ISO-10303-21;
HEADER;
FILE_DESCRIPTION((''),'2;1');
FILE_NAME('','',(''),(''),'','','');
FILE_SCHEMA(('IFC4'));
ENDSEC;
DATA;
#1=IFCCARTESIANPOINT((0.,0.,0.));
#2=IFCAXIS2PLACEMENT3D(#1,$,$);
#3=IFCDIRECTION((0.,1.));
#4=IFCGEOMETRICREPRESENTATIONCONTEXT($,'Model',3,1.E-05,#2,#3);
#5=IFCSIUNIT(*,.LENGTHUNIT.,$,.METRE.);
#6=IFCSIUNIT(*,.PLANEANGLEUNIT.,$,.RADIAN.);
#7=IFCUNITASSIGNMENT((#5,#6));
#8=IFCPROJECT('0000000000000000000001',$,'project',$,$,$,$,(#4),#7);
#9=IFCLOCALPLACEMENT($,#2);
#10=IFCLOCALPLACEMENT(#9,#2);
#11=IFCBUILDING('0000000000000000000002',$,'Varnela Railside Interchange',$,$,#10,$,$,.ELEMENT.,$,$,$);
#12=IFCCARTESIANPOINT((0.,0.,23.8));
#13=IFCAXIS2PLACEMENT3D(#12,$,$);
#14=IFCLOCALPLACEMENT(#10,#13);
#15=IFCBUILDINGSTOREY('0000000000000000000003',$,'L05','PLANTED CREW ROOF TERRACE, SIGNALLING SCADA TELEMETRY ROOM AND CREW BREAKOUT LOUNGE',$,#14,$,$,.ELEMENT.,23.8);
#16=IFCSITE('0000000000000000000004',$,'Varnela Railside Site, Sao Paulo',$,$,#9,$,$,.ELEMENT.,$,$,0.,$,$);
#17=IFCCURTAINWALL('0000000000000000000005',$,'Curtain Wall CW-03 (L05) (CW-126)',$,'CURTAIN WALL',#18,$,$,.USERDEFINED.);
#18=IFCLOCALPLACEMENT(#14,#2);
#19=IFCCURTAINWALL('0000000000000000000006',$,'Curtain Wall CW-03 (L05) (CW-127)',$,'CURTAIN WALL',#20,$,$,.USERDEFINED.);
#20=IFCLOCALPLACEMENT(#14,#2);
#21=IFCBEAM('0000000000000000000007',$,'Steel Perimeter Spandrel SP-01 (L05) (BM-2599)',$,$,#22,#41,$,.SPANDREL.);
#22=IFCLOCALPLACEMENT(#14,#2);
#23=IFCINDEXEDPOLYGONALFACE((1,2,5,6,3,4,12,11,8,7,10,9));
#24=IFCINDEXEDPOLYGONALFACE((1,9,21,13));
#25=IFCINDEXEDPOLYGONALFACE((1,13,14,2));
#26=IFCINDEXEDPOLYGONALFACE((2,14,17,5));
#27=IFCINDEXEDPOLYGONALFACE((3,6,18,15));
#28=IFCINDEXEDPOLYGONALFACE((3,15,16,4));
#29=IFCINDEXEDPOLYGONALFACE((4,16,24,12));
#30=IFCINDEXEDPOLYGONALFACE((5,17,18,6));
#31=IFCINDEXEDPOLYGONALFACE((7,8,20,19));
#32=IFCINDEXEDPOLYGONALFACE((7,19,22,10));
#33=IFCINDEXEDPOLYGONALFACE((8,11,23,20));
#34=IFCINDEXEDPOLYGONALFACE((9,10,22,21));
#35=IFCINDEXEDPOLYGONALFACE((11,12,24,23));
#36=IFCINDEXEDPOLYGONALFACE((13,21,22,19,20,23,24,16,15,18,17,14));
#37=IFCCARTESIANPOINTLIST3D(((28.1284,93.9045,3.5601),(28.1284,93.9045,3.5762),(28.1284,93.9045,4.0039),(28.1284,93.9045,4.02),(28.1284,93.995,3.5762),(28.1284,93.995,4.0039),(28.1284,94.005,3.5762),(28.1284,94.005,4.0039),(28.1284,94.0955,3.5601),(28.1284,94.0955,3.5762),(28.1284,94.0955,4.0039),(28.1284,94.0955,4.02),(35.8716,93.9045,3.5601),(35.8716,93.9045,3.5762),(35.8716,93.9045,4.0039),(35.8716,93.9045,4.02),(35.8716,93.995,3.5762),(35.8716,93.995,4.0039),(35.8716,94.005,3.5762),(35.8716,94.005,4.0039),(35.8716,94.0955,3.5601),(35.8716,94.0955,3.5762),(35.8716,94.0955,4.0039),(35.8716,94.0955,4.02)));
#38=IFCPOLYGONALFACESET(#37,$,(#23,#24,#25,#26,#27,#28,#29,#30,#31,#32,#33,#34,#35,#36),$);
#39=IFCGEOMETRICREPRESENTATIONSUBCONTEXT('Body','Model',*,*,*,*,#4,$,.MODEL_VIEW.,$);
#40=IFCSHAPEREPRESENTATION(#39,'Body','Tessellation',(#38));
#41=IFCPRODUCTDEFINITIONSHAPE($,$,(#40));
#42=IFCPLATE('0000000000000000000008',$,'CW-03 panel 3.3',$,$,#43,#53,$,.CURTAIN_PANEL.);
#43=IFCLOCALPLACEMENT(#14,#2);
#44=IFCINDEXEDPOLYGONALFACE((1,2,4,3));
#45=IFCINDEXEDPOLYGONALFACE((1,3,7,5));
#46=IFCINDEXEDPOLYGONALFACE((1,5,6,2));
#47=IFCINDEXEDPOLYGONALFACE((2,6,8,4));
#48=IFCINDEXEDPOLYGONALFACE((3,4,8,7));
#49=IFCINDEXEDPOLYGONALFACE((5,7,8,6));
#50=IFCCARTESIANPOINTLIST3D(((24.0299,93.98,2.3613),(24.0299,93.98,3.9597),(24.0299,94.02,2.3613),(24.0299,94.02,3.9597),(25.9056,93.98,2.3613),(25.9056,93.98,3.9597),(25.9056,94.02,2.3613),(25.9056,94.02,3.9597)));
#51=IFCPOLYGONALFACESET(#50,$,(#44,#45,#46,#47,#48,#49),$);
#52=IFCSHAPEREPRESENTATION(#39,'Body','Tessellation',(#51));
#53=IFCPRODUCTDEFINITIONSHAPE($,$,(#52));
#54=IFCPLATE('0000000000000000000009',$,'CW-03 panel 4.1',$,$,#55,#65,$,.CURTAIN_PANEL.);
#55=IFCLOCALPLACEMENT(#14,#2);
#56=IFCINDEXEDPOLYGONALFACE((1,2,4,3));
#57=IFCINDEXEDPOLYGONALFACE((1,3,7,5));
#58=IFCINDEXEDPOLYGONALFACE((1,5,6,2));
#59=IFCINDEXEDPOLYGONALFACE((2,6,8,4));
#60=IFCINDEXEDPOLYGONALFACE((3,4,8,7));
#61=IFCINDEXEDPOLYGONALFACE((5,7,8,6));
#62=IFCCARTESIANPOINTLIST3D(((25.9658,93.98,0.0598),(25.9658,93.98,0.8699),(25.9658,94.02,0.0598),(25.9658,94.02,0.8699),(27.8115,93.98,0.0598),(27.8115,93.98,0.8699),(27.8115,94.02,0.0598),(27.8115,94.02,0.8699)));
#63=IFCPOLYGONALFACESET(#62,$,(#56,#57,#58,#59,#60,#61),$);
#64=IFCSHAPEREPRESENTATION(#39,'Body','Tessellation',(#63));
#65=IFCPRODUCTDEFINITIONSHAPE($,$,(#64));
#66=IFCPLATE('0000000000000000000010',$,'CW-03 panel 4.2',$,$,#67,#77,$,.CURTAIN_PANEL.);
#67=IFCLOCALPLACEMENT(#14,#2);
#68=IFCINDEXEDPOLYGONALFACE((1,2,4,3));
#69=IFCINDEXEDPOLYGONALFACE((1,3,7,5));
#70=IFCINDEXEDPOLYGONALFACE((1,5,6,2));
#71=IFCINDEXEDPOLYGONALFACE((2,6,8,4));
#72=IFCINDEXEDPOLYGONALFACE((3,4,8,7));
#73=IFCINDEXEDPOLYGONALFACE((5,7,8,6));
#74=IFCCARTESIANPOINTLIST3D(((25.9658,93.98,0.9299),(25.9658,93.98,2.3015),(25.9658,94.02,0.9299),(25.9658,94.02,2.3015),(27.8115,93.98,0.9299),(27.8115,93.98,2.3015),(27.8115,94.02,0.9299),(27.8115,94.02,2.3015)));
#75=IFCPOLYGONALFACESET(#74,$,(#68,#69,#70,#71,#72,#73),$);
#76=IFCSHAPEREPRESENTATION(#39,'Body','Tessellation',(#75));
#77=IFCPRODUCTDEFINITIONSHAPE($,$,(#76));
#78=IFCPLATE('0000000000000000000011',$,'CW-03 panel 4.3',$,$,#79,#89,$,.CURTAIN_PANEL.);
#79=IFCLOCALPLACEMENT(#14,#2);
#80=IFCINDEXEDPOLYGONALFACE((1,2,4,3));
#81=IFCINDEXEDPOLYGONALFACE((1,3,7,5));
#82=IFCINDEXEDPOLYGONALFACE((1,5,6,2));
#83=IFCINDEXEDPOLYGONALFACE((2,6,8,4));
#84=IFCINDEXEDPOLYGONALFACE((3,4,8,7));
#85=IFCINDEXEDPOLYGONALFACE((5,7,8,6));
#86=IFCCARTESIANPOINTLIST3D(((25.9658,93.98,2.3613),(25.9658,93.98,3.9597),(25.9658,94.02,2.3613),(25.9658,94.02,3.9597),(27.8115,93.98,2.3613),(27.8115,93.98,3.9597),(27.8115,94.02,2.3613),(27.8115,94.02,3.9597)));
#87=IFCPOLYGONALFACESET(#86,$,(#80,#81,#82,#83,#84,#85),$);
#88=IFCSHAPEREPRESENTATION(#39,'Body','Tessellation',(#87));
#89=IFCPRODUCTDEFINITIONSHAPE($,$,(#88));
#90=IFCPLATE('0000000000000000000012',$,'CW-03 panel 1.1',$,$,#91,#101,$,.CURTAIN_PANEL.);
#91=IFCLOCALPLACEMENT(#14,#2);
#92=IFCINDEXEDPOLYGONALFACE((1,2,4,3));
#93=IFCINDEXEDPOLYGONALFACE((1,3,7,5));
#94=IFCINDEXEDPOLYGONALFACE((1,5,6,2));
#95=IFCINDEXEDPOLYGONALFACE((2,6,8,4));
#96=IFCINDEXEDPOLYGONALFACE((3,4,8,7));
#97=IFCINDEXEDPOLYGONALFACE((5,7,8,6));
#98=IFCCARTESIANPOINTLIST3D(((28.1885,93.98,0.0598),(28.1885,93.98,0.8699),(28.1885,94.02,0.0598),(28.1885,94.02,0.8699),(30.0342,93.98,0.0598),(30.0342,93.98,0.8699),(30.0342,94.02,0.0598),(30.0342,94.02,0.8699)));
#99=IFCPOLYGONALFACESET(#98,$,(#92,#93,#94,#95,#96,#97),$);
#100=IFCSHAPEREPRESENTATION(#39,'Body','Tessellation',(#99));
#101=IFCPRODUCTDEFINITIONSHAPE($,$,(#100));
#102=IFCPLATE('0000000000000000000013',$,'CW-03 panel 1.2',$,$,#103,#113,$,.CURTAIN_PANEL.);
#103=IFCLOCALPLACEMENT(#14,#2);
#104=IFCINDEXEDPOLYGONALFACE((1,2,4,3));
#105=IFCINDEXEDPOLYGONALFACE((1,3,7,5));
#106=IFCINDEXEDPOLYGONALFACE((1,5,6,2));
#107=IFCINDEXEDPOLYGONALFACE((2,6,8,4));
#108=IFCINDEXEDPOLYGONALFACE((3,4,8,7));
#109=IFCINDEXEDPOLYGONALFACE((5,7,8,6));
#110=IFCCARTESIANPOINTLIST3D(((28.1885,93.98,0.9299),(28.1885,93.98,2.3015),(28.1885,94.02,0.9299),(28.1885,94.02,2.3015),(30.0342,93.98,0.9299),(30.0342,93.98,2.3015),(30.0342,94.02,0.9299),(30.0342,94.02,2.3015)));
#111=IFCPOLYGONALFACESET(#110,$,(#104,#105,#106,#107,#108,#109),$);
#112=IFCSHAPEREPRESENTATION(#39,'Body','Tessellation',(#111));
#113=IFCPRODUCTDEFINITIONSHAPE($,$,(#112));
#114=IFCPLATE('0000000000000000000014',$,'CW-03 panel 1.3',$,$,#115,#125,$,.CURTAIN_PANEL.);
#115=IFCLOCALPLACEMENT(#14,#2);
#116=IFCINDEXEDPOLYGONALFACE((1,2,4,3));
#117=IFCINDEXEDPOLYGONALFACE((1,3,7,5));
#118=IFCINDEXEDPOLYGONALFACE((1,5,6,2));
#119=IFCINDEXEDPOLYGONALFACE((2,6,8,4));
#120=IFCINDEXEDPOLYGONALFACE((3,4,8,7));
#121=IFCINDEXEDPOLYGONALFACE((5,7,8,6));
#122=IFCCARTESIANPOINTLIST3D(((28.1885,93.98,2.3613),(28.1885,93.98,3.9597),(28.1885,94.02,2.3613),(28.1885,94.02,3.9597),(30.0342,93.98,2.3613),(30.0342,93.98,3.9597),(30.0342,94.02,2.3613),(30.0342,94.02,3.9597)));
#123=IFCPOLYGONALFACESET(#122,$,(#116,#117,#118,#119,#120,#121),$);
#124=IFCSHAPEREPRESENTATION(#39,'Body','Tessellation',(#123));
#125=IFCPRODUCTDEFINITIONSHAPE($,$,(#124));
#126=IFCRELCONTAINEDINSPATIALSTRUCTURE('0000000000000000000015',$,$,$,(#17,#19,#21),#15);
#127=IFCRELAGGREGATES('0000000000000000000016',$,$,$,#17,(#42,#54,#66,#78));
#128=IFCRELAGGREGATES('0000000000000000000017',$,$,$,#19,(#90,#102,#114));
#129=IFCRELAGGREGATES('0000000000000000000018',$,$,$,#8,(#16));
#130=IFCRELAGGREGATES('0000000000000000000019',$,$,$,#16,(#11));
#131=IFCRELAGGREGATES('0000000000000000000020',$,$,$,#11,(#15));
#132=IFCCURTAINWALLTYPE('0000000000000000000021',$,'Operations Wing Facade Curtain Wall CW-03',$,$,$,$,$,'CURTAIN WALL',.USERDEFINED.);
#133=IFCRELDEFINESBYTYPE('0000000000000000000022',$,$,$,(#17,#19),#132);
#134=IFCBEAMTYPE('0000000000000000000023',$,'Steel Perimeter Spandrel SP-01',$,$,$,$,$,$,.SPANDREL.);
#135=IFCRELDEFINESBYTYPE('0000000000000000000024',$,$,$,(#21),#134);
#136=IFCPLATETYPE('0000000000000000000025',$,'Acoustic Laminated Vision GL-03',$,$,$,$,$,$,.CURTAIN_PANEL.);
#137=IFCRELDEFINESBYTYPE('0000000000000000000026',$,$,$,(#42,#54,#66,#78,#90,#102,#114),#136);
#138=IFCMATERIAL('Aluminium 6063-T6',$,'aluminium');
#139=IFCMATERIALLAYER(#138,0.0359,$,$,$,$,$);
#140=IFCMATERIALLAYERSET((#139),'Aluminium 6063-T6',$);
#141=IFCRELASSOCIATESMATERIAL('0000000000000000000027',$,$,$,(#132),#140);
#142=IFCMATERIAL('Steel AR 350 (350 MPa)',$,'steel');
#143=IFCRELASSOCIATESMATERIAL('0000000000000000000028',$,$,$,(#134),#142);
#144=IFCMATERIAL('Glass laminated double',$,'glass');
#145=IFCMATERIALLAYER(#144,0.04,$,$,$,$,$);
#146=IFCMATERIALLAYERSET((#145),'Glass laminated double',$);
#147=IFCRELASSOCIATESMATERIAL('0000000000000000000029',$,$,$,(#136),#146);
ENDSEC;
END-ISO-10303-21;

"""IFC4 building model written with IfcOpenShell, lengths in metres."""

from ifc_helpers import new_model, si_unit, direction, frame, origin, origin_2d, place, context, subcontext, project, spatial, rectangle, i_section, extrude, material, layer, layer_set, material_profile, profile_set, type_object, element, aggregate, save


model = new_model("IFC4")

# Units and contexts
model_context = context("Model", 3, precision=1e-05, world=origin(), true_north=direction((0.0, 1.0)))
body_context = subcontext(model_context, "Body", "Model", "MODEL_VIEW")
ifc_project = project(units=[si_unit("LENGTHUNIT", "METRE"), si_unit("PLANEANGLEUNIT", "RADIAN")], contexts=[model_context])

# Site, building, storey
site_placement = place(None, origin())
site = spatial("IfcSite", under=ifc_project, at=site_placement, Name="Varnela Railside Site, Sao Paulo", CompositionType="ELEMENT", RefElevation=0.0)
building_placement = place(site_placement, origin())
building = spatial("IfcBuilding", under=site, at=building_placement, Name="Varnela Railside Interchange", CompositionType="ELEMENT")
storey_placement = place(building_placement, frame((0.0, 0.0, 23.8)))
storey = spatial("IfcBuildingStorey", under=building, at=storey_placement, Name="L05", Description="PLANTED CREW ROOF TERRACE, SIGNALLING SCADA TELEMETRY ROOM AND CREW BREAKOUT LOUNGE", CompositionType="ELEMENT", Elevation=23.8)

# Shared definitions
ifc_material_1 = material(Name="Steel AR 350 (350 MPa)", Category="steel")

# Curtain walls
ifc_material_2 = material(Name="Aluminium 6063-T6", Category="aluminium")
ifc_layer_1 = layer(ifc_material_2, 0.0359)
ifc_layer_set_1 = layer_set([ifc_layer_1], Name="Aluminium 6063-T6")
curtain_wall_type = type_object("IfcCurtainWallType", Name="Operations Wing Facade Curtain Wall CW-03", ElementType="CURTAIN WALL", PredefinedType="USERDEFINED", material=ifc_layer_set_1)
curtain_wall_1_placement = place(storey_placement, origin())
curtain_wall_1 = element("IfcCurtainWall", 1, at=curtain_wall_1_placement, inside=storey, type_object=curtain_wall_type, Name="Curtain Wall CW-03 (L05) (CW-126)", ObjectType="CURTAIN WALL", PredefinedType="USERDEFINED")
curtain_wall_2_placement = place(storey_placement, origin())
curtain_wall_2 = element("IfcCurtainWall", 2, at=curtain_wall_2_placement, inside=storey, type_object=curtain_wall_type, Name="Curtain Wall CW-03 (L05) (CW-127)", ObjectType="CURTAIN WALL", PredefinedType="USERDEFINED")

# Beam
ifc_material_profile_1 = material_profile(ifc_material_1, i_section(OverallWidth=0.1909, OverallDepth=0.46, WebThickness=0.01, FlangeThickness=0.0161, at=origin_2d()), Name="W460x82")
ifc_profile_set_1 = profile_set([ifc_material_profile_1], Name="Steel AR 350 (350 MPa)")
beam_type = type_object("IfcBeamType", Name="Steel Perimeter Spandrel SP-01", PredefinedType="SPANDREL", material=ifc_profile_set_1)
beam_placement = place(storey_placement, frame((28.1284, 94.0, 3.79), z_axis=(1.0, 0.0, 0.0), x_axis=(0.0, 1.0, 0.0)))
element("IfcBeam", 3, at=beam_placement, inside=storey, type_object=beam_type, Name="Steel Perimeter Spandrel SP-01 (L05) (BM-2599)", PredefinedType="SPANDREL", context=body_context, shape_type="SweptSolid", body=[
    extrude(i_section(OverallWidth=0.1909, OverallDepth=0.46, WebThickness=0.01, FlangeThickness=0.0161, at=origin_2d()), origin(), (0.0, 0.0, 1.0), 7.7432),
])

# Plates
ifc_material_3 = material(Name="Glass laminated double", Category="glass")
ifc_layer_2 = layer(ifc_material_3, 0.04)
ifc_layer_set_2 = layer_set([ifc_layer_2], Name="Glass laminated double")
plate_type = type_object("IfcPlateType", Name="Acoustic Laminated Vision GL-03", PredefinedType="CURTAIN_PANEL", material=ifc_layer_set_2)
plate_1_placement = place(storey_placement, frame((24.9678, 94.0, 2.3613), z_axis=(0.0, 0.0, 1.0), x_axis=(1.0, 0.0, 0.0)))
plate_1 = element("IfcPlate", 4, at=plate_1_placement, type_object=plate_type, Name="CW-03 panel 3.3", PredefinedType="CURTAIN_PANEL", context=body_context, shape_type="SweptSolid", body=[
    extrude(rectangle(XDim=1.8757, YDim=0.04, at=origin_2d()), origin(), (0.0, 0.0, 1.0), 1.5984),
])
plate_2_placement = place(storey_placement, frame((26.8887, 94.0, 0.0598), z_axis=(0.0, 0.0, 1.0), x_axis=(1.0, 0.0, 0.0)))
plate_2 = element("IfcPlate", 5, at=plate_2_placement, type_object=plate_type, Name="CW-03 panel 4.1", PredefinedType="CURTAIN_PANEL", context=body_context, shape_type="SweptSolid", body=[
    extrude(rectangle(XDim=1.8457, YDim=0.04, at=origin_2d()), origin(), (0.0, 0.0, 1.0), 0.8101),
])
plate_3_placement = place(storey_placement, frame((26.8887, 94.0, 0.9299), z_axis=(0.0, 0.0, 1.0), x_axis=(1.0, 0.0, 0.0)))
plate_3 = element("IfcPlate", 6, at=plate_3_placement, type_object=plate_type, Name="CW-03 panel 4.2", PredefinedType="CURTAIN_PANEL", context=body_context, shape_type="SweptSolid", body=[
    extrude(rectangle(XDim=1.8457, YDim=0.04, at=origin_2d()), origin(), (0.0, 0.0, 1.0), 1.3716),
])
plate_4_placement = place(storey_placement, frame((26.8887, 94.0, 2.3613), z_axis=(0.0, 0.0, 1.0), x_axis=(1.0, 0.0, 0.0)))
plate_4 = element("IfcPlate", 7, at=plate_4_placement, type_object=plate_type, Name="CW-03 panel 4.3", PredefinedType="CURTAIN_PANEL", context=body_context, shape_type="SweptSolid", body=[
    extrude(rectangle(XDim=1.8457, YDim=0.04, at=origin_2d()), origin(), (0.0, 0.0, 1.0), 1.5984),
])
aggregate(curtain_wall_1, [plate_1, plate_2, plate_3, plate_4])
plate_5_placement = place(storey_placement, frame((29.1113, 94.0, 0.0598), z_axis=(0.0, 0.0, 1.0), x_axis=(1.0, 0.0, 0.0)))
plate_5 = element("IfcPlate", 8, at=plate_5_placement, type_object=plate_type, Name="CW-03 panel 1.1", PredefinedType="CURTAIN_PANEL", context=body_context, shape_type="SweptSolid", body=[
    extrude(rectangle(XDim=1.8457, YDim=0.04, at=origin_2d()), origin(), (0.0, 0.0, 1.0), 0.8101),
])
plate_6_placement = place(storey_placement, frame((29.1113, 94.0, 0.9299), z_axis=(0.0, 0.0, 1.0), x_axis=(1.0, 0.0, 0.0)))
plate_6 = element("IfcPlate", 9, at=plate_6_placement, type_object=plate_type, Name="CW-03 panel 1.2", PredefinedType="CURTAIN_PANEL", context=body_context, shape_type="SweptSolid", body=[
    extrude(rectangle(XDim=1.8457, YDim=0.04, at=origin_2d()), origin(), (0.0, 0.0, 1.0), 1.3716),
])
plate_7_placement = place(storey_placement, frame((29.1113, 94.0, 2.3613), z_axis=(0.0, 0.0, 1.0), x_axis=(1.0, 0.0, 0.0)))
plate_7 = element("IfcPlate", 10, at=plate_7_placement, type_object=plate_type, Name="CW-03 panel 1.3", PredefinedType="CURTAIN_PANEL", context=body_context, shape_type="SweptSolid", body=[
    extrude(rectangle(XDim=1.8457, YDim=0.04, at=origin_2d()), origin(), (0.0, 0.0, 1.0), 1.5984),
])
aggregate(curtain_wall_2, [plate_5, plate_6, plate_7])

save(model, "model.ifc")
